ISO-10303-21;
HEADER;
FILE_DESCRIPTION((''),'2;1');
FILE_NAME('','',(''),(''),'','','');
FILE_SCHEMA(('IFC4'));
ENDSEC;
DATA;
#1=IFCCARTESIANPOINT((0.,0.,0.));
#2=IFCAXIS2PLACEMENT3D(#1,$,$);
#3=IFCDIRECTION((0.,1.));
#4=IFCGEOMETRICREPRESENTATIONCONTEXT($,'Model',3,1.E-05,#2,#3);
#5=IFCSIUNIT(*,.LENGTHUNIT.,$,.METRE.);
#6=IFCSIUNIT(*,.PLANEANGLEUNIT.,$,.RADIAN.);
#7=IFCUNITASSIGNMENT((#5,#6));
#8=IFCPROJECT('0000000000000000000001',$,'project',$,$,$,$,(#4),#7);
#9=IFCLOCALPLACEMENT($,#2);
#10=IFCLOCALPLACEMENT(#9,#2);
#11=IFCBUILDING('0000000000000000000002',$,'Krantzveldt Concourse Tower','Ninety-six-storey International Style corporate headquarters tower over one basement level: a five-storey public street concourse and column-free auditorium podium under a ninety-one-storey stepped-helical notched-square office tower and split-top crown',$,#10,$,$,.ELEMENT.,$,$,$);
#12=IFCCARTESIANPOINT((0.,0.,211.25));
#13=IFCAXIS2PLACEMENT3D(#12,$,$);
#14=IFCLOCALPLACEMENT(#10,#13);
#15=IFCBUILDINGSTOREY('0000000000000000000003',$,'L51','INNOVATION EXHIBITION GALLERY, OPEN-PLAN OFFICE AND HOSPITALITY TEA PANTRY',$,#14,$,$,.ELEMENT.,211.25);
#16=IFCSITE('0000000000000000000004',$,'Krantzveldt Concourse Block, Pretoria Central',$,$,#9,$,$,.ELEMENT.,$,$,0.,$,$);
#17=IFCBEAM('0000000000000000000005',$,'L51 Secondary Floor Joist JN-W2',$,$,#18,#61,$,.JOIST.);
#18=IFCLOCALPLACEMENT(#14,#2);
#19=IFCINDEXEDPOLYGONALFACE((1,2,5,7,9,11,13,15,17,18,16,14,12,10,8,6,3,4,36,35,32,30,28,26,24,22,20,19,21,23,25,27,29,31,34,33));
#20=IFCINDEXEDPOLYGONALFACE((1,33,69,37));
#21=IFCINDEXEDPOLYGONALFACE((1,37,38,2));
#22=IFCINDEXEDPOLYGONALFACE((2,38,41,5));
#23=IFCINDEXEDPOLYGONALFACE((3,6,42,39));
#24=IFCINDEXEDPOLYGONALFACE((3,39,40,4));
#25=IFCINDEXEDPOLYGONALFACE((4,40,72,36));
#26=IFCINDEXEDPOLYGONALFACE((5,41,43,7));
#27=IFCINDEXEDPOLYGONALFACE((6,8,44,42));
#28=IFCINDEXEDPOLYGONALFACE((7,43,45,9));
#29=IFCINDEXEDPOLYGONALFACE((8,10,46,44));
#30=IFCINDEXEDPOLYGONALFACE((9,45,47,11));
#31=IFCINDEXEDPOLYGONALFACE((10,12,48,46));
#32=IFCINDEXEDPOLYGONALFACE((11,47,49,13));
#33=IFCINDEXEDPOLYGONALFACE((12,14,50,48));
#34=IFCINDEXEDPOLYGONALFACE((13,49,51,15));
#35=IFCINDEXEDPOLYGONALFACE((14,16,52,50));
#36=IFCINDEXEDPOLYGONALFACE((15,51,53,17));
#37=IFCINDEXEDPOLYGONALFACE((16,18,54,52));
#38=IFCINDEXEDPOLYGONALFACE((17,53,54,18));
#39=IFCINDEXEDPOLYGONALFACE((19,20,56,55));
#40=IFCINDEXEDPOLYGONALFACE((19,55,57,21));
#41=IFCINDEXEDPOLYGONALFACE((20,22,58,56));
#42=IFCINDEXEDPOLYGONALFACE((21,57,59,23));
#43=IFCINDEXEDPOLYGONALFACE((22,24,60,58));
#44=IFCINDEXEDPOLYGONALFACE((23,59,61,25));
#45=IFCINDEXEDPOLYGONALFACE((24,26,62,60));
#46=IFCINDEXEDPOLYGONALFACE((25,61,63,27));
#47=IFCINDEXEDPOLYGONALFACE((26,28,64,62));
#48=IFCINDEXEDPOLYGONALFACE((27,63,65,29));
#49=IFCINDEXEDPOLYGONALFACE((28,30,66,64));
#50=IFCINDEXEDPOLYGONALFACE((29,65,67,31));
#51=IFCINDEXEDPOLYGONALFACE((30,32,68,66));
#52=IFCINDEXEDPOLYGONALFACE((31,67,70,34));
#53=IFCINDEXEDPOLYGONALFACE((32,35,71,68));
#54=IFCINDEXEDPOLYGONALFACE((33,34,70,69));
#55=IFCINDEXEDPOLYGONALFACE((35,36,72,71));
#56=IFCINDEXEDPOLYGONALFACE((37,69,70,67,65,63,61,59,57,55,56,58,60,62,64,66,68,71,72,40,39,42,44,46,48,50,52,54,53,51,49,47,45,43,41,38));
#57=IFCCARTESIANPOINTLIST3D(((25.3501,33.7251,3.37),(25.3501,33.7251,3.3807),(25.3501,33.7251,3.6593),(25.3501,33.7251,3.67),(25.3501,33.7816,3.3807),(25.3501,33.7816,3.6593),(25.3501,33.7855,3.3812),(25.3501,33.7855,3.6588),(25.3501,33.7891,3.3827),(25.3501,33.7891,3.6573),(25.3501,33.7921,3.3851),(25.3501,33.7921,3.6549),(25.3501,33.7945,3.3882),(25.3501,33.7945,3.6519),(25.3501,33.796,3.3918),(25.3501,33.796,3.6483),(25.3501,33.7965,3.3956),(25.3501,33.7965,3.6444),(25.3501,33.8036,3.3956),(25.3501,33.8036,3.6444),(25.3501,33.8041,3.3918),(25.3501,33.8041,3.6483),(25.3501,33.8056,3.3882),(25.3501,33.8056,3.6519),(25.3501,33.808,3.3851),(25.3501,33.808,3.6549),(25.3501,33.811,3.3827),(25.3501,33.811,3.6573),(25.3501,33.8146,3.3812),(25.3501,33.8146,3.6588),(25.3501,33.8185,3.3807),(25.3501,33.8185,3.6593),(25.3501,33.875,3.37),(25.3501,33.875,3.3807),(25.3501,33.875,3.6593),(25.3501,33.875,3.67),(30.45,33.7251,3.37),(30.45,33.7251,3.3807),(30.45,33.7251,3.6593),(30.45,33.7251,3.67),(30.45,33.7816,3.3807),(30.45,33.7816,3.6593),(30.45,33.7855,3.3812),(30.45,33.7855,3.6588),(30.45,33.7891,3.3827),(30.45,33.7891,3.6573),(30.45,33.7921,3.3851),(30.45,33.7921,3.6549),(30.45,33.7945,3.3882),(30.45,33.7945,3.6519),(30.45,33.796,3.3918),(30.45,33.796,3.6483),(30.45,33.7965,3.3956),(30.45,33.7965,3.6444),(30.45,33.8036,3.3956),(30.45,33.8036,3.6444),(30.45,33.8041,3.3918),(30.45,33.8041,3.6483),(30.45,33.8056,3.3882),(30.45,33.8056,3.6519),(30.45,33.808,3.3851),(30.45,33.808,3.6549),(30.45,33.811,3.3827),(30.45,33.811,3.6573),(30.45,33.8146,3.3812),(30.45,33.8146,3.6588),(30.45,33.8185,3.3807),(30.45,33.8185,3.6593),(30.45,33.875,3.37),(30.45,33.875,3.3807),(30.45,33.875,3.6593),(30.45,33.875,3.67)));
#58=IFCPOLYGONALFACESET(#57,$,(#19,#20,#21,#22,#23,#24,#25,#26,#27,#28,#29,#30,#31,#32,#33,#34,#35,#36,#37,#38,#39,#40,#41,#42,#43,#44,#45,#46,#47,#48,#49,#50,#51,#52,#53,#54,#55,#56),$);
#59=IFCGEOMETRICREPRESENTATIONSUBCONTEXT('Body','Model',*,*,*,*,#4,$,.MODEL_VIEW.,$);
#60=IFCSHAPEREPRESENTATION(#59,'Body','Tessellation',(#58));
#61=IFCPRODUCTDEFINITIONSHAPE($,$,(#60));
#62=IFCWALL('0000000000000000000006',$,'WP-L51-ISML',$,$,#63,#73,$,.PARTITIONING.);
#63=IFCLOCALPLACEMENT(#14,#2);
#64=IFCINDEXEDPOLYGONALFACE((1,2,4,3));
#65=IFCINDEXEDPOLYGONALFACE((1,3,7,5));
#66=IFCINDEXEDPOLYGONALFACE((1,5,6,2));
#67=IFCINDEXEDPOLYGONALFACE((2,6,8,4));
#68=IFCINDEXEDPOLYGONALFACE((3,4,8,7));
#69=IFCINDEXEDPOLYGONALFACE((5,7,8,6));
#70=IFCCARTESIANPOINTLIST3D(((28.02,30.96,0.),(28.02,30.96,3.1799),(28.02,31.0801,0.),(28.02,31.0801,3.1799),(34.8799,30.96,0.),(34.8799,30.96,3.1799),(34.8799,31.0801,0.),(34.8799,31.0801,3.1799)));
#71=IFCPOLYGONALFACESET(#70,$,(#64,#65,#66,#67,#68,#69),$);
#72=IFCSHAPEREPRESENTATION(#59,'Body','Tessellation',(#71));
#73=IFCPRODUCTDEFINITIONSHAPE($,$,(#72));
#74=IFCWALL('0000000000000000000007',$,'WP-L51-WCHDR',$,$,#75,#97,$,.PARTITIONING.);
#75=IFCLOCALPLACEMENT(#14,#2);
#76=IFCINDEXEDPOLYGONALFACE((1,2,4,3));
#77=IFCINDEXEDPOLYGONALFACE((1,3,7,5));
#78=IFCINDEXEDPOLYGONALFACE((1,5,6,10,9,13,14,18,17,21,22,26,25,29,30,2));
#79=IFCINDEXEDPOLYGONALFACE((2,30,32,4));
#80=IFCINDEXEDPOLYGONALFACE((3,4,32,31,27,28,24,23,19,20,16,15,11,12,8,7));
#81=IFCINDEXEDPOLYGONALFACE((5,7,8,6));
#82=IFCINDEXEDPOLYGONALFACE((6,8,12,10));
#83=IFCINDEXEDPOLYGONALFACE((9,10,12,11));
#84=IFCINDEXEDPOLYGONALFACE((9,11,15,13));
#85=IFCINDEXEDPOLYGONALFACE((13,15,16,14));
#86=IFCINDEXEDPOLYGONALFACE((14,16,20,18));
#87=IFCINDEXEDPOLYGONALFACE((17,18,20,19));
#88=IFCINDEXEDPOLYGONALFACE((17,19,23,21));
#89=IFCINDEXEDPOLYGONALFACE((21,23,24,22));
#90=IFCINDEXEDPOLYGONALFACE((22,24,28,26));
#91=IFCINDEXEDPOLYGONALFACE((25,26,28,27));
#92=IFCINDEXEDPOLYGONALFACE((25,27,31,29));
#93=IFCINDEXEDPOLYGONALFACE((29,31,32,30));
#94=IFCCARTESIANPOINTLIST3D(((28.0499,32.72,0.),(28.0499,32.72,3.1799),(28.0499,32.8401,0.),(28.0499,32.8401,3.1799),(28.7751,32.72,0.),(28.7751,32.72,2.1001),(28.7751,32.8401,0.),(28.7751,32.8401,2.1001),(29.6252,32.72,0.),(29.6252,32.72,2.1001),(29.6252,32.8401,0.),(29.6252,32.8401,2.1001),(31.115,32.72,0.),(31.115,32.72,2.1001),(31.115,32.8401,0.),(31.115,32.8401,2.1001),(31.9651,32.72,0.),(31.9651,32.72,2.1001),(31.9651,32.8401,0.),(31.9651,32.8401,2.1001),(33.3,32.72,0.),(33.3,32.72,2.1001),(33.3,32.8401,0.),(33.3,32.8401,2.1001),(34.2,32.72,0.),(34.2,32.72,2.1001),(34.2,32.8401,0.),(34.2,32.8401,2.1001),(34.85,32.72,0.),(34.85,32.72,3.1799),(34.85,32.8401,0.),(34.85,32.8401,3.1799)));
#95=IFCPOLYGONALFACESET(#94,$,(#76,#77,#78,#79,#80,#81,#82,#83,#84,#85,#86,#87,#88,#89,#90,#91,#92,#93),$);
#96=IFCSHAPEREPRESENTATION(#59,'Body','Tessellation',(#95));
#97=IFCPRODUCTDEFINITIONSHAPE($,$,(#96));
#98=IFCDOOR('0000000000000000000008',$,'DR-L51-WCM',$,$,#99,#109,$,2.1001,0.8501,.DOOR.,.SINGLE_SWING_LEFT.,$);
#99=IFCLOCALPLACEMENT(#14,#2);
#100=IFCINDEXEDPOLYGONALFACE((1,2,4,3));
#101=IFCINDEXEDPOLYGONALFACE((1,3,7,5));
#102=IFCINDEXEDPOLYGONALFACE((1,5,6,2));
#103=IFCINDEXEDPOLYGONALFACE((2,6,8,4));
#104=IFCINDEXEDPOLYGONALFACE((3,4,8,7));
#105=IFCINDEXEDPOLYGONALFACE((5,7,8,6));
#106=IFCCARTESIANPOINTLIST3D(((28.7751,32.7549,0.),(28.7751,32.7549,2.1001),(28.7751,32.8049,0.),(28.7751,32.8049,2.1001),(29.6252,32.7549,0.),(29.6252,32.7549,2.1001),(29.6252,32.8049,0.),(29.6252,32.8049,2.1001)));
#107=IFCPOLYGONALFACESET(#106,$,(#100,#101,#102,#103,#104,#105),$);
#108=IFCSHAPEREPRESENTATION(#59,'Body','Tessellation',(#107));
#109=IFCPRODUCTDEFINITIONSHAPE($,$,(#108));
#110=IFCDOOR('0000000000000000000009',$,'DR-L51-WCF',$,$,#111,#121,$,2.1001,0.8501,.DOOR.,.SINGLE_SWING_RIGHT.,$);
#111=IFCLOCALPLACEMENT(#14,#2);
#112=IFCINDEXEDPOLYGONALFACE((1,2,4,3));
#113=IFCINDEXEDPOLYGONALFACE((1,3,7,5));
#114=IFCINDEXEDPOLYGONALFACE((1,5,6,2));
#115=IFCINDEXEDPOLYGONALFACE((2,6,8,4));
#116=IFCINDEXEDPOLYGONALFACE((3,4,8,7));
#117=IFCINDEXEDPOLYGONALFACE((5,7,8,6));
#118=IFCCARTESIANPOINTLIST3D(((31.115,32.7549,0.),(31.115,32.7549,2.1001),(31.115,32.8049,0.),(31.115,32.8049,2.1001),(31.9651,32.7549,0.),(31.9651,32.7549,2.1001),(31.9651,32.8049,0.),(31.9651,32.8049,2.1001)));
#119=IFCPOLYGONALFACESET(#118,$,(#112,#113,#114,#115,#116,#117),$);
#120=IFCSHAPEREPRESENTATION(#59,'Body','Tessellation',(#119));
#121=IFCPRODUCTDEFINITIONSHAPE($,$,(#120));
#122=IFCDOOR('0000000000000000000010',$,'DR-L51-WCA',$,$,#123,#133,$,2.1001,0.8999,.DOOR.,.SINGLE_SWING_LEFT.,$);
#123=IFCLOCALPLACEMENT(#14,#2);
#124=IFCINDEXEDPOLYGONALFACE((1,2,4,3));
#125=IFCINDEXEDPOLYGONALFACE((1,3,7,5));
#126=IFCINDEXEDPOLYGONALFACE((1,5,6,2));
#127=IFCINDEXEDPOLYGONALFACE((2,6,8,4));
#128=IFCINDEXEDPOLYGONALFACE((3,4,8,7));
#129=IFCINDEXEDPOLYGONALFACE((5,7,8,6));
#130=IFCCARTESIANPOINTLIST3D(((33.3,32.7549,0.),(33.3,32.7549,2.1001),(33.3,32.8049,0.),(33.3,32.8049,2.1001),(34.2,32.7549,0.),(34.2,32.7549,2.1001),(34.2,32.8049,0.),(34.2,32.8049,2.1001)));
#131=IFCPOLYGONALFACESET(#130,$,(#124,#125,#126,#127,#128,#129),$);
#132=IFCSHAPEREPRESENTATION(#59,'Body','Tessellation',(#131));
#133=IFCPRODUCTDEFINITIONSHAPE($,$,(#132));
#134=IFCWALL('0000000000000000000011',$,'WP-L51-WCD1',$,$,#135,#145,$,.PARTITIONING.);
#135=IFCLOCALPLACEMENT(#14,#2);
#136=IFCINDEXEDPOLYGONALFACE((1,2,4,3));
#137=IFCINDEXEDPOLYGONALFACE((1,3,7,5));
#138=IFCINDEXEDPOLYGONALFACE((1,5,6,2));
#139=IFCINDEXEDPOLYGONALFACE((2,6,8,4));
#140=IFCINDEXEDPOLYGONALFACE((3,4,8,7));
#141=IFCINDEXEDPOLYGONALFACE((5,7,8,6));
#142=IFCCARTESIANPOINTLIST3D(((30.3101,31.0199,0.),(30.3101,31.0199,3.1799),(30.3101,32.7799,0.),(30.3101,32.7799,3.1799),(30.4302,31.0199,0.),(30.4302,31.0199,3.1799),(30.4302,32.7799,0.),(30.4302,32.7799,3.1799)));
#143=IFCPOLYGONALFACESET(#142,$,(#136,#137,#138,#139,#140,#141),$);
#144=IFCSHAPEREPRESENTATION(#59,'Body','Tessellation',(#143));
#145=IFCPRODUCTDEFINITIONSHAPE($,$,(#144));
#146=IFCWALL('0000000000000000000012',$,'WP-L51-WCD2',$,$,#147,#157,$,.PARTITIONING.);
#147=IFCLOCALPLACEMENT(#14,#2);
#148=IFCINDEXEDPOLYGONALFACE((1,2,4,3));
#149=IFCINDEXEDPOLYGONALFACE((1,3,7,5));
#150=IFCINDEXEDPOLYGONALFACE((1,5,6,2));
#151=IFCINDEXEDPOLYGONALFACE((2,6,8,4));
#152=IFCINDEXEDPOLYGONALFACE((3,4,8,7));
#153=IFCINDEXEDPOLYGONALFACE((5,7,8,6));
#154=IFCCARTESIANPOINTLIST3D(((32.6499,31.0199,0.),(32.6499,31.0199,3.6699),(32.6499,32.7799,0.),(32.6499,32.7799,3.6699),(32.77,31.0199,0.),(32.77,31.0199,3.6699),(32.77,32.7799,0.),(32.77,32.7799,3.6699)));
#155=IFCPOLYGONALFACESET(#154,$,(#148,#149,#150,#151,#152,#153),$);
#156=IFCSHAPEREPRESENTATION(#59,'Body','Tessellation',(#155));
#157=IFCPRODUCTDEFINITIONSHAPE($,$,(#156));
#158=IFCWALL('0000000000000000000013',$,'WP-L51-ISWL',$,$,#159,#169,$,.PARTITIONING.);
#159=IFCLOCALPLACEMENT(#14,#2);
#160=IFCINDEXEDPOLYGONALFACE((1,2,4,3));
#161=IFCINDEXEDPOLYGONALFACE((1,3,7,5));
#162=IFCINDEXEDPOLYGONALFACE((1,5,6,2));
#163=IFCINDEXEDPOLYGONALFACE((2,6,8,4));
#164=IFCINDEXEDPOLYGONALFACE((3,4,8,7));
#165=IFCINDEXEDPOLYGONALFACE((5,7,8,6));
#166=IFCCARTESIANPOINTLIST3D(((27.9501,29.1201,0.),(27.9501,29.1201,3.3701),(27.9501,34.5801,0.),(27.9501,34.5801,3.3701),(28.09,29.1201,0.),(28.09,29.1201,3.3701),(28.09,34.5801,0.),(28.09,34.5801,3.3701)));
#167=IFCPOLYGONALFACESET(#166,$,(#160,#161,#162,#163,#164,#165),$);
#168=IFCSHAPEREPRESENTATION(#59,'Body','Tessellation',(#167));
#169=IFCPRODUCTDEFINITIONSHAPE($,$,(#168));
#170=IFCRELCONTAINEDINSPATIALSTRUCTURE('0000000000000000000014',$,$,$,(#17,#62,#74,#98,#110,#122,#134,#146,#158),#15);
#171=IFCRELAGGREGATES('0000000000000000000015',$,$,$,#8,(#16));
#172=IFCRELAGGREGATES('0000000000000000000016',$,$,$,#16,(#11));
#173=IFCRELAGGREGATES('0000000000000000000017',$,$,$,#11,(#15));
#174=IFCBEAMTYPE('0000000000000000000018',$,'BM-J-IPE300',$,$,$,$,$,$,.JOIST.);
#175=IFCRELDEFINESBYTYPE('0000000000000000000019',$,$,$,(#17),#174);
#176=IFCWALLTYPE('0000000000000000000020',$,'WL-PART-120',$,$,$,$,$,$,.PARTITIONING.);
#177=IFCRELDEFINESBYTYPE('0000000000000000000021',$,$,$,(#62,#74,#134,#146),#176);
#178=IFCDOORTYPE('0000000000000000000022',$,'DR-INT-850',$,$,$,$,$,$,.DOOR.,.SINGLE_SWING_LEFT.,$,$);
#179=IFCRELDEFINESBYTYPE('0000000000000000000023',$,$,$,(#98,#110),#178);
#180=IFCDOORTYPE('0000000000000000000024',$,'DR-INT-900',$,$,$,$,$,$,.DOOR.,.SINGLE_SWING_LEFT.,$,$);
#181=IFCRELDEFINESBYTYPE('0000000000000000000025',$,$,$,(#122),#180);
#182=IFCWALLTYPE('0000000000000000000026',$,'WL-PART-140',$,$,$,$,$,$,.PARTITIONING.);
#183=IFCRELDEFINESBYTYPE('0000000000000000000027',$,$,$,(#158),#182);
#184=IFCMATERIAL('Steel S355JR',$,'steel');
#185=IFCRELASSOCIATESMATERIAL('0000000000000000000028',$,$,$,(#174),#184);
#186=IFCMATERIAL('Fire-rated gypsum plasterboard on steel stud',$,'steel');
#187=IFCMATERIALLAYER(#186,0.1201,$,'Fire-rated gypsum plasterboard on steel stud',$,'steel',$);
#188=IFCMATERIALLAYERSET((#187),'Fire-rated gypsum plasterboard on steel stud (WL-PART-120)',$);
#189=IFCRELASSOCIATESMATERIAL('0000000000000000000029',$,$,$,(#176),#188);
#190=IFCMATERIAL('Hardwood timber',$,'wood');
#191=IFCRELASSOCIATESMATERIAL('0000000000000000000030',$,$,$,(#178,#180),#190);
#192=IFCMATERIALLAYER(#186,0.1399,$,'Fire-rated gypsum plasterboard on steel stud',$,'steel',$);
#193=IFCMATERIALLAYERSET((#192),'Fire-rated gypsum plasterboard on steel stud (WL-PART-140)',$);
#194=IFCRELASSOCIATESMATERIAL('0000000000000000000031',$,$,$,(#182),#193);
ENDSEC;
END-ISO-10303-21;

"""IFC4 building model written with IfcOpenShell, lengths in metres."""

from ifc_helpers import new_model, si_unit, direction, frame, frame_2d, origin, origin_2d, place, context, subcontext, project, spatial, rectangle, i_section, extrude, source, transform, mapped, material, layer, layer_set, material_profile, profile_set, type_object, type_shapes, element, fill, save


model = new_model("IFC4")

# Units and contexts
model_context = context("Model", 3, precision=1e-05, world=origin(), true_north=direction((0.0, 1.0)))
body_context = subcontext(model_context, "Body", "Model", "MODEL_VIEW")
ifc_project = project(units=[si_unit("LENGTHUNIT", "METRE"), si_unit("PLANEANGLEUNIT", "RADIAN")], contexts=[model_context])

# Site, building, storey
site_placement = place(None, origin())
site = spatial("IfcSite", under=ifc_project, at=site_placement, Name="Krantzveldt Concourse Block, Pretoria Central", CompositionType="ELEMENT", RefElevation=0.0)
building_placement = place(site_placement, origin())
building = spatial("IfcBuilding", under=site, at=building_placement, Name="Krantzveldt Concourse Tower", Description="Ninety-six-storey International Style corporate headquarters tower over one basement level: a five-storey public street concourse and column-free auditorium podium under a ninety-one-storey stepped-helical notched-square office tower and split-top crown", CompositionType="ELEMENT")
storey_placement = place(building_placement, frame((0.0, 0.0, 211.25)))
storey = spatial("IfcBuildingStorey", under=building, at=storey_placement, Name="L51", Description="INNOVATION EXHIBITION GALLERY, OPEN-PLAN OFFICE AND HOSPITALITY TEA PANTRY", CompositionType="ELEMENT", Elevation=211.25)

# Beam
ifc_material_1 = material(Name="Steel S355JR", Category="steel")
ifc_material_profile_1 = material_profile(ifc_material_1, i_section(OverallWidth=0.1499, OverallDepth=0.3, WebThickness=0.0071, FlangeThickness=0.0107, FilletRadius=0.0149, at=origin_2d()), Name="Steel S355JR", Category="steel")
ifc_profile_set_1 = profile_set([ifc_material_profile_1], Name="Steel S355JR - IPE 300")
beam_type_1 = type_object("IfcBeamType", Name="BM-J-IPE300", PredefinedType="JOIST", material=ifc_profile_set_1)
shared_shape_1 = source(origin(), body_context, "Body", "SweptSolid", [
    extrude(i_section(OverallWidth=0.1499, OverallDepth=0.3, WebThickness=0.0071, FlangeThickness=0.0107, FilletRadius=0.0149, at=origin_2d()), origin(), (0.0, 0.0, 1.0), 5.0999),
])
type_shapes(beam_type_1, [shared_shape_1])
beam_1_placement = place(storey_placement, frame((25.3501, 33.8, 3.52), z_axis=(1.0, 0.0, 0.0), x_axis=(0.0, 1.0, 0.0)))
element("IfcBeam", 1, at=beam_1_placement, inside=storey, type_object=beam_type_1, Name="L51 Secondary Floor Joist JN-W2", PredefinedType="JOIST", context=body_context, shape_type="MappedRepresentation", body=[
    mapped(shared_shape_1, transform((0.0, 0.0, 0.0), x_axis=(1.0, 0.0, 0.0), y_axis=(0.0, 1.0, 0.0), z_axis=(0.0, 0.0, 1.0), scale=1.0)),
])

# Wall
ifc_material_2 = material(Name="Fire-rated gypsum plasterboard on steel stud", Category="steel")
ifc_layer_1 = layer(ifc_material_2, 0.1201, Name="Fire-rated gypsum plasterboard on steel stud", Category="steel")
ifc_layer_set_1 = layer_set([ifc_layer_1], Name="Fire-rated gypsum plasterboard on steel stud (WL-PART-120)")
wall_type_1 = type_object("IfcWallType", Name="WL-PART-120", PredefinedType="PARTITIONING", material=ifc_layer_set_1)
wall_1_placement = place(storey_placement, frame((28.02, 31.02, 0.0), z_axis=(0.0, 0.0, 1.0), x_axis=(1.0, 0.0, 0.0)))
element("IfcWall", 2, at=wall_1_placement, inside=storey, type_object=wall_type_1, Name="WP-L51-ISML", PredefinedType="PARTITIONING", context=body_context, shape_type="SweptSolid", body=[
    extrude(rectangle(XDim=6.8599, YDim=0.1201, at=frame_2d((3.4299, 0.0))), origin(), (0.0, 0.0, 1.0), 3.1799),
])

# Wall, openings, doors
wall_2_placement = place(storey_placement, frame((28.05, 32.78, 0.0), z_axis=(0.0, 0.0, 1.0), x_axis=(1.0, 0.0, 0.0)))
wall_2 = element("IfcWall", 3, at=wall_2_placement, inside=storey, type_object=wall_type_1, Name="WP-L51-WCHDR", PredefinedType="PARTITIONING", context=body_context, shape_type="SweptSolid", body=[
    extrude(rectangle(XDim=6.8, YDim=0.1201, at=frame_2d((3.3999, 0.0))), origin(), (0.0, 0.0, 1.0), 3.1799),
])
opening_1_placement = place(wall_2_placement, frame((0.7251, 0.0, 0.0)))
opening_1 = element("IfcOpeningElement", 4, at=opening_1_placement, cuts=wall_2, PredefinedType="OPENING", context=body_context, shape_type="SweptSolid", body=[
    extrude(rectangle(XDim=0.8501, YDim=2.1001, at=frame_2d((0.425, 1.05))), frame((0.0, 0.0701, 0.0), z_axis=(0.0, -1.0, 0.0), x_axis=(1.0, 0.0, 0.0)), (0.0, 0.0, 1.0), 0.1401),
])
opening_2_placement = place(wall_2_placement, frame((3.0649, 0.0, 0.0)))
opening_2 = element("IfcOpeningElement", 5, at=opening_2_placement, cuts=wall_2, PredefinedType="OPENING", context=body_context, shape_type="SweptSolid", body=[
    extrude(rectangle(XDim=0.8501, YDim=2.1001, at=frame_2d((0.425, 1.05))), frame((0.0, 0.0701, 0.0), z_axis=(0.0, -1.0, 0.0), x_axis=(1.0, 0.0, 0.0)), (0.0, 0.0, 1.0), 0.1401),
])
opening_3_placement = place(wall_2_placement, frame((5.25, 0.0, 0.0)))
opening_3 = element("IfcOpeningElement", 6, at=opening_3_placement, cuts=wall_2, PredefinedType="OPENING", context=body_context, shape_type="SweptSolid", body=[
    extrude(rectangle(XDim=0.8999, YDim=2.1001, at=frame_2d((0.45, 1.05))), frame((0.0, 0.0701, 0.0), z_axis=(0.0, -1.0, 0.0), x_axis=(1.0, 0.0, 0.0)), (0.0, 0.0, 1.0), 0.1401),
])
ifc_material_3 = material(Name="Hardwood timber", Category="wood")
door_type_1 = type_object("IfcDoorType", Name="DR-INT-850", OperationType="SINGLE_SWING_LEFT", PredefinedType="DOOR", material=ifc_material_3)
door_1_placement = place(opening_1_placement, origin())
door_1 = element("IfcDoor", 7, at=door_1_placement, inside=storey, type_object=door_type_1, Name="DR-L51-WCM", OperationType="SINGLE_SWING_LEFT", OverallHeight=2.1001, OverallWidth=0.8501, PredefinedType="DOOR", context=body_context, shape_type="SweptSolid", body=[
    extrude(rectangle(XDim=0.8501, YDim=2.1001, at=frame_2d((0.425, 1.05))), frame((0.0, 0.0249, 0.0), z_axis=(0.0, -1.0, 0.0), x_axis=(1.0, 0.0, 0.0)), (0.0, 0.0, 1.0), 0.05),
])
fill(opening_1, door_1)
door_2_placement = place(opening_2_placement, origin())
door_2 = element("IfcDoor", 8, at=door_2_placement, inside=storey, type_object=door_type_1, Name="DR-L51-WCF", OperationType="SINGLE_SWING_RIGHT", OverallHeight=2.1001, OverallWidth=0.8501, PredefinedType="DOOR", context=body_context, shape_type="SweptSolid", body=[
    extrude(rectangle(XDim=0.8501, YDim=2.1001, at=frame_2d((0.425, 1.05))), frame((0.0, 0.0249, 0.0), z_axis=(0.0, -1.0, 0.0), x_axis=(1.0, 0.0, 0.0)), (0.0, 0.0, 1.0), 0.05),
])
fill(opening_2, door_2)
door_type_2 = type_object("IfcDoorType", Name="DR-INT-900", OperationType="SINGLE_SWING_LEFT", PredefinedType="DOOR", material=ifc_material_3)
door_3_placement = place(opening_3_placement, origin())
door_3 = element("IfcDoor", 9, at=door_3_placement, inside=storey, type_object=door_type_2, Name="DR-L51-WCA", OperationType="SINGLE_SWING_LEFT", OverallHeight=2.1001, OverallWidth=0.8999, PredefinedType="DOOR", context=body_context, shape_type="SweptSolid", body=[
    extrude(rectangle(XDim=0.8999, YDim=2.1001, at=frame_2d((0.45, 1.05))), frame((0.0, 0.0249, 0.0), z_axis=(0.0, -1.0, 0.0), x_axis=(1.0, 0.0, 0.0)), (0.0, 0.0, 1.0), 0.05),
])
fill(opening_3, door_3)

# Walls
wall_3_placement = place(storey_placement, frame((30.3701, 31.02, 0.0), z_axis=(0.0, 0.0, 1.0), x_axis=(0.0, 1.0, 0.0)))
element("IfcWall", 10, at=wall_3_placement, inside=storey, type_object=wall_type_1, Name="WP-L51-WCD1", PredefinedType="PARTITIONING", context=body_context, shape_type="SweptSolid", body=[
    extrude(rectangle(XDim=1.76, YDim=0.1201, at=frame_2d((0.8799, 0.0))), origin(), (0.0, 0.0, 1.0), 3.1799),
])
wall_4_placement = place(storey_placement, frame((32.71, 31.02, 0.0), z_axis=(0.0, 0.0, 1.0), x_axis=(0.0, 1.0, 0.0)))
element("IfcWall", 11, at=wall_4_placement, inside=storey, type_object=wall_type_1, Name="WP-L51-WCD2", PredefinedType="PARTITIONING", context=body_context, shape_type="SweptSolid", body=[
    extrude(rectangle(XDim=1.76, YDim=0.1201, at=frame_2d((0.8799, 0.0))), origin(), (0.0, 0.0, 1.0), 3.6699),
])
ifc_layer_2 = layer(ifc_material_2, 0.1399, Name="Fire-rated gypsum plasterboard on steel stud", Category="steel")
ifc_layer_set_2 = layer_set([ifc_layer_2], Name="Fire-rated gypsum plasterboard on steel stud (WL-PART-140)")
wall_type_2 = type_object("IfcWallType", Name="WL-PART-140", PredefinedType="PARTITIONING", material=ifc_layer_set_2)
wall_5_placement = place(storey_placement, frame((28.02, 29.1201, 0.0), z_axis=(0.0, 0.0, 1.0), x_axis=(0.0, 1.0, 0.0)))
element("IfcWall", 12, at=wall_5_placement, inside=storey, type_object=wall_type_2, Name="WP-L51-ISWL", PredefinedType="PARTITIONING", context=body_context, shape_type="SweptSolid", body=[
    extrude(rectangle(XDim=5.46, YDim=0.1399, at=frame_2d((2.73, 0.0))), origin(), (0.0, 0.0, 1.0), 3.3701),
])

save(model, "model.ifc")
